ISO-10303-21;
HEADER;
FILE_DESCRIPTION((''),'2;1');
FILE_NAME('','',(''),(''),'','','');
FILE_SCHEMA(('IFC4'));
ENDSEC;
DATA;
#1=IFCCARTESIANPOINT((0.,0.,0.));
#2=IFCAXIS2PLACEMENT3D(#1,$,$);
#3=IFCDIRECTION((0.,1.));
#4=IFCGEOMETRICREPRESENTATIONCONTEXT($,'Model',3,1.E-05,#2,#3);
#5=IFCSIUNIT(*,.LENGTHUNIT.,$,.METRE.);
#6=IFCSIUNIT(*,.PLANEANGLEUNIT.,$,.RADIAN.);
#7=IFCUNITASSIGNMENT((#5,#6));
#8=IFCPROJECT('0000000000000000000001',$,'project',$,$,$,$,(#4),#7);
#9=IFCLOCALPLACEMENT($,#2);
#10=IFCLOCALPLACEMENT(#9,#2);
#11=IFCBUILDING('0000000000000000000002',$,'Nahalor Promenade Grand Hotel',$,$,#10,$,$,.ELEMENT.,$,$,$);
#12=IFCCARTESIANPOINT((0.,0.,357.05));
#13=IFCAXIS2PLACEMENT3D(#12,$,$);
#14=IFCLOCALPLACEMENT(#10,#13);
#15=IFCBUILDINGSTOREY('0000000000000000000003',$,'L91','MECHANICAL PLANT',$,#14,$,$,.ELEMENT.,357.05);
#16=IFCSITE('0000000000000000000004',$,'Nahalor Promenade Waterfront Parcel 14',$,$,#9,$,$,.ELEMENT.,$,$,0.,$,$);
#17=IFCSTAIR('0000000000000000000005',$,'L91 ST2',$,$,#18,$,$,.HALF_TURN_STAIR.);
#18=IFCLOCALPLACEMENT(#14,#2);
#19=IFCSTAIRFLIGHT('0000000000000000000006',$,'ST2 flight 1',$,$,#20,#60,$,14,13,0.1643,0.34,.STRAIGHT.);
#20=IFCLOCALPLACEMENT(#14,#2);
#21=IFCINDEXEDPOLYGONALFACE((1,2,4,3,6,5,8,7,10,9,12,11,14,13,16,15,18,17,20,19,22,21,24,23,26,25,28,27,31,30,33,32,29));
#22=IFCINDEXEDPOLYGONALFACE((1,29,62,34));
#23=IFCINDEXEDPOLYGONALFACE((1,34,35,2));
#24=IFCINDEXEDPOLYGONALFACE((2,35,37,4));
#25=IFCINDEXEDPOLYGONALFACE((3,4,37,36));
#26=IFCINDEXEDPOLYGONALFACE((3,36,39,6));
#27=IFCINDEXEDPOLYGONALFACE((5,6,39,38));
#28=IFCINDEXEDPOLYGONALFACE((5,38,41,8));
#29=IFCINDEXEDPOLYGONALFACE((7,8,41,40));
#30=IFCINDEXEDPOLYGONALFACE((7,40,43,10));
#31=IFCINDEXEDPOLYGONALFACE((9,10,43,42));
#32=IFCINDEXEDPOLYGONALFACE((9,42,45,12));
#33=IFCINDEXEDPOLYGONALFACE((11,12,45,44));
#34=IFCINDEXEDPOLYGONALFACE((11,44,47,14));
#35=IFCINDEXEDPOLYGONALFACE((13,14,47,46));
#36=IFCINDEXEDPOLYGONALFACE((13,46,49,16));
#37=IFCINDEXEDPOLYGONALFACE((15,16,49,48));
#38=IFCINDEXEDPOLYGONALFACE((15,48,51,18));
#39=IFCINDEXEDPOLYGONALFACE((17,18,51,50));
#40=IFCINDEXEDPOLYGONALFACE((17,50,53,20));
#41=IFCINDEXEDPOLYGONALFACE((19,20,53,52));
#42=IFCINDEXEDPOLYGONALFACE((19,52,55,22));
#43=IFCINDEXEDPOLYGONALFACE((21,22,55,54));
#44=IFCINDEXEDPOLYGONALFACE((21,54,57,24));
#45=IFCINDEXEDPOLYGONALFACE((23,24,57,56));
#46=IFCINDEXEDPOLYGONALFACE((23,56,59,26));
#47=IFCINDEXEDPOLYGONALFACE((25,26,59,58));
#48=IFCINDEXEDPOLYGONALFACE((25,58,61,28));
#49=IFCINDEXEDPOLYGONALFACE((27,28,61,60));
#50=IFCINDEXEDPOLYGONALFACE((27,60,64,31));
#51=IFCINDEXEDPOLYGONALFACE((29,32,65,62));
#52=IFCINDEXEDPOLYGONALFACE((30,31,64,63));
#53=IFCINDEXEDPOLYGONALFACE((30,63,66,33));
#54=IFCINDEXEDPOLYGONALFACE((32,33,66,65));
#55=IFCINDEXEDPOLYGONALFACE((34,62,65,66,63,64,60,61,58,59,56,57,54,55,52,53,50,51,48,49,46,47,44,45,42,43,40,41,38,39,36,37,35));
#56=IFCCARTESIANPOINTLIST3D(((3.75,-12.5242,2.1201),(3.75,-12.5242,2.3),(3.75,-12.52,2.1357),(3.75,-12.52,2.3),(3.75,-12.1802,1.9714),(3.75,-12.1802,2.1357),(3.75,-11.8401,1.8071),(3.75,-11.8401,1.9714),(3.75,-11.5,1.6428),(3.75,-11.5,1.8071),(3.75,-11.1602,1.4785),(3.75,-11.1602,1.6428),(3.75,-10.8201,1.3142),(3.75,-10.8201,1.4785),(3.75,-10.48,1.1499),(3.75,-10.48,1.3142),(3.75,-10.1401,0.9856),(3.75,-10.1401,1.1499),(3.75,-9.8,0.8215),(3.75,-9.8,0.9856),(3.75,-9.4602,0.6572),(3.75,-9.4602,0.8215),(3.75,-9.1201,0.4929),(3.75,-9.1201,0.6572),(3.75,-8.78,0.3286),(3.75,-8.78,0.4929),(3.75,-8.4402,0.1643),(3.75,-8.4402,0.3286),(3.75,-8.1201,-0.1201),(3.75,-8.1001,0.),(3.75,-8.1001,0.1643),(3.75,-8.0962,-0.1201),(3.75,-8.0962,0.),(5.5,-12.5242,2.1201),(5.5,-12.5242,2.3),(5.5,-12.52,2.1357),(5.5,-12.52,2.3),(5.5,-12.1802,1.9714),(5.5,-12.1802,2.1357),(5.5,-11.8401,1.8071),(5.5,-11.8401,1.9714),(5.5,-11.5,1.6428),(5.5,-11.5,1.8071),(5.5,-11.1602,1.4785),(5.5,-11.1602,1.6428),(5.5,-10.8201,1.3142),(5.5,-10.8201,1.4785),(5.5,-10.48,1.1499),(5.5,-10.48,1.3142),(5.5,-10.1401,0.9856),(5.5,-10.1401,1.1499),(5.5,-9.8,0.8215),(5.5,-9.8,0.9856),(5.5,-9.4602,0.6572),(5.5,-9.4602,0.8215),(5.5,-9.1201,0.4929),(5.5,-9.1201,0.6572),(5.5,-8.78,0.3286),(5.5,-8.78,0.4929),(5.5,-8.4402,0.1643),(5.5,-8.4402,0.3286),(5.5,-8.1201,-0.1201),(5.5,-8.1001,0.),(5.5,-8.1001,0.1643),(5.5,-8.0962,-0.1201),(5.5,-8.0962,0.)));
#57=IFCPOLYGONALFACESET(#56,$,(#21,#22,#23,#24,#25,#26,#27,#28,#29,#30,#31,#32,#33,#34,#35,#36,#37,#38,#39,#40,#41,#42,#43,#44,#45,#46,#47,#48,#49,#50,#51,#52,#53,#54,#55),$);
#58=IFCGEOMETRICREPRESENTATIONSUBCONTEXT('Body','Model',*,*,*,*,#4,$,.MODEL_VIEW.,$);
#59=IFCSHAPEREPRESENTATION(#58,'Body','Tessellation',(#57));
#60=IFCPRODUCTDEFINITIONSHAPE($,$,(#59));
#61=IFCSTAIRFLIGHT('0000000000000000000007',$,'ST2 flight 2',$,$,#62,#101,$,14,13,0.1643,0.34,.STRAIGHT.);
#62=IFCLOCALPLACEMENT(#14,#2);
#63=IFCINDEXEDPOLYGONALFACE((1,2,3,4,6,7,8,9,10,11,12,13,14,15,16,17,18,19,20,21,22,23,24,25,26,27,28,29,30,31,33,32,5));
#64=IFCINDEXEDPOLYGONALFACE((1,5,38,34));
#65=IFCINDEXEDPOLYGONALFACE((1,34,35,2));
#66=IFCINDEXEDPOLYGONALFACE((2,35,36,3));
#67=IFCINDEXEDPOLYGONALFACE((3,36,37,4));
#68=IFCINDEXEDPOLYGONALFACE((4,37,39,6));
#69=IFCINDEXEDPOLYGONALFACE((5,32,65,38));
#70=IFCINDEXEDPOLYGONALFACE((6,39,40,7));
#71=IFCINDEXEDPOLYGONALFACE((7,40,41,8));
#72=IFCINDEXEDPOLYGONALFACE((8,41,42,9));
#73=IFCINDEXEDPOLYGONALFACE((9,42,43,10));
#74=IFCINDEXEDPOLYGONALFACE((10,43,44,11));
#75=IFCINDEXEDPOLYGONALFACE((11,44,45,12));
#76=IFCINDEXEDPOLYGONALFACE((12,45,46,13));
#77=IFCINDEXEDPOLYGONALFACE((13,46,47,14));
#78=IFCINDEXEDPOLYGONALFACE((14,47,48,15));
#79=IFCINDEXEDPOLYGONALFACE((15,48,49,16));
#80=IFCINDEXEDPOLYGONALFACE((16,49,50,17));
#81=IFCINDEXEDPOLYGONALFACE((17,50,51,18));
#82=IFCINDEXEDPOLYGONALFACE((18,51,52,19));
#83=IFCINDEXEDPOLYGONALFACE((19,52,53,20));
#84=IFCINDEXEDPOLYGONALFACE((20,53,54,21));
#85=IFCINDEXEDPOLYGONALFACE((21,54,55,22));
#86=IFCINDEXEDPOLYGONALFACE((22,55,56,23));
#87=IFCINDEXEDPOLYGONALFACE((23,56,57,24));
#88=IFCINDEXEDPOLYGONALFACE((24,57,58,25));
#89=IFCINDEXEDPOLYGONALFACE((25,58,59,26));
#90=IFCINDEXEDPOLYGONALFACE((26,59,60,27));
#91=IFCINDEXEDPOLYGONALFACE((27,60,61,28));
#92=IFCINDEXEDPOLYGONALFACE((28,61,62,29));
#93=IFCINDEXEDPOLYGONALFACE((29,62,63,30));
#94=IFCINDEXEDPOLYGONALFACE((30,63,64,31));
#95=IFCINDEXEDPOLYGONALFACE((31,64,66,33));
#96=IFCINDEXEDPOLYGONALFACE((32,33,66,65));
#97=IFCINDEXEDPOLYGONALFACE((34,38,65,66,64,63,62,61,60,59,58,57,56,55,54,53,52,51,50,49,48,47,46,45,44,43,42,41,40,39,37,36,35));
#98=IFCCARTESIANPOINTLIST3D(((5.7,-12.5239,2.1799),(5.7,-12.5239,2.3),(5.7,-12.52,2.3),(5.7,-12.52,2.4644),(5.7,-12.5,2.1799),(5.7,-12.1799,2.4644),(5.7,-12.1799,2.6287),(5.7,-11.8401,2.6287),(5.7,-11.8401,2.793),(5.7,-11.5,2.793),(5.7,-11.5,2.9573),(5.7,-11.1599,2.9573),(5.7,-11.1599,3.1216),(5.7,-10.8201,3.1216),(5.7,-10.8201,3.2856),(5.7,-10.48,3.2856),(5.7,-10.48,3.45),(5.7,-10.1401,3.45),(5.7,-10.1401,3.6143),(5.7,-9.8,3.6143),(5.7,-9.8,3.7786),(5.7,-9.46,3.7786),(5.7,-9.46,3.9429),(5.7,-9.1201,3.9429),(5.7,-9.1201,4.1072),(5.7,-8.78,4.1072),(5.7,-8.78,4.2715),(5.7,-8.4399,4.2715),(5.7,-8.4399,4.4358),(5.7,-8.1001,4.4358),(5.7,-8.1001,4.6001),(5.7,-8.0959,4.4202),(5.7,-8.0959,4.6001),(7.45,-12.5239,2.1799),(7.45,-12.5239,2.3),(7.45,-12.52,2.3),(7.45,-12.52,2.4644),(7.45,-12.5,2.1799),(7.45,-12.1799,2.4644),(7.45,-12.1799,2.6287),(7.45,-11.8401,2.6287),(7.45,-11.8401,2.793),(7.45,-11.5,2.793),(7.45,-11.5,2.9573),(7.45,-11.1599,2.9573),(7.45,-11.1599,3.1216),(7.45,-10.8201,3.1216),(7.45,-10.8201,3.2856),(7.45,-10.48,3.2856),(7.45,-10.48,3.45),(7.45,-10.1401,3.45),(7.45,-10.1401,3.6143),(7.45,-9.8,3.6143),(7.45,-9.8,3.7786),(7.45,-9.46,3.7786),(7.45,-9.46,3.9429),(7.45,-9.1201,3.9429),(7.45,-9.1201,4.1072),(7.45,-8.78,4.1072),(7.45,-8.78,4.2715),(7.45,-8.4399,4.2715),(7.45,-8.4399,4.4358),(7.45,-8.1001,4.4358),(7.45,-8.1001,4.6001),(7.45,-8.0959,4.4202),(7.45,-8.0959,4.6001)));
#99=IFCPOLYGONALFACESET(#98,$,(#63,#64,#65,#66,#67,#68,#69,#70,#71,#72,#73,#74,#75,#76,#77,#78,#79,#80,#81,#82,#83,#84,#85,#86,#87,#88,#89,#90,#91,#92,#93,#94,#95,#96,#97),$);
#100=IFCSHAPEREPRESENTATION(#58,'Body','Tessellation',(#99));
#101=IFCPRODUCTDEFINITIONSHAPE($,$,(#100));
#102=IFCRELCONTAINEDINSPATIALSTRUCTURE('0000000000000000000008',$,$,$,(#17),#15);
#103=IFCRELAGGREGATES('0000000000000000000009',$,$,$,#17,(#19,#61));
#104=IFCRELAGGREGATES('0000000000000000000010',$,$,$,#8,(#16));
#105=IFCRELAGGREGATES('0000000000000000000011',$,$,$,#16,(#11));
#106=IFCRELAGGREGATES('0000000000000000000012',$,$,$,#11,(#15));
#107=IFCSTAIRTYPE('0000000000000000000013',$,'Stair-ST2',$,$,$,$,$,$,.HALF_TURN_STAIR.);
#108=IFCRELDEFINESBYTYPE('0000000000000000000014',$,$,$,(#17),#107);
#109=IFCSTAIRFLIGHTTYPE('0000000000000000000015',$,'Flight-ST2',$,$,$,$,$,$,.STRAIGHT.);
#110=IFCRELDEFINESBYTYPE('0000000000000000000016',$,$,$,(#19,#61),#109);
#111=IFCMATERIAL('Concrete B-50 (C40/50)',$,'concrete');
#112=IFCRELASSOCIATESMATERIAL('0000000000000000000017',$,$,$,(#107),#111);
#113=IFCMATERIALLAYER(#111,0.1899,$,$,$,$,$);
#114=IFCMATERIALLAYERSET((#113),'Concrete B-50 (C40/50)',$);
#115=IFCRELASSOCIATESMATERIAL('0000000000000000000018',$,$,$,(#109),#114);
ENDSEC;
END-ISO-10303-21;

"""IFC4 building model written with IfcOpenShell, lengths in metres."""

from ifc_helpers import new_model, si_unit, direction, frame, origin, place, context, subcontext, project, spatial, polyline, outline, extrude, source, transform, mapped, material, layer, layer_set, type_object, element, aggregate, save


model = new_model("IFC4")

# Units and contexts
model_context = context("Model", 3, precision=1e-05, world=origin(), true_north=direction((0.0, 1.0)))
body_context = subcontext(model_context, "Body", "Model", "MODEL_VIEW")
ifc_project = project(units=[si_unit("LENGTHUNIT", "METRE"), si_unit("PLANEANGLEUNIT", "RADIAN")], contexts=[model_context])

# Site, building, storey
site_placement = place(None, origin())
site = spatial("IfcSite", under=ifc_project, at=site_placement, Name="Nahalor Promenade Waterfront Parcel 14", CompositionType="ELEMENT", RefElevation=0.0)
building_placement = place(site_placement, origin())
building = spatial("IfcBuilding", under=site, at=building_placement, Name="Nahalor Promenade Grand Hotel", CompositionType="ELEMENT")
storey_placement = place(building_placement, frame((0.0, 0.0, 357.05)))
storey = spatial("IfcBuildingStorey", under=building, at=storey_placement, Name="L91", Description="MECHANICAL PLANT", CompositionType="ELEMENT", Elevation=357.05)

# Shared definitions
ifc_material_1 = material(Name="Concrete B-50 (C40/50)", Category="concrete")

# Stair, stair flights
stair_type = type_object("IfcStairType", Name="Stair-ST2", PredefinedType="HALF_TURN_STAIR", material=ifc_material_1)
stair_placement = place(storey_placement, origin())
stair = element("IfcStair", 1, at=stair_placement, inside=storey, type_object=stair_type, Name="L91 ST2", PredefinedType="HALF_TURN_STAIR")
ifc_layer_1 = layer(ifc_material_1, 0.1899)
ifc_layer_set_1 = layer_set([ifc_layer_1], Name="Concrete B-50 (C40/50)")
stair_flight_type = type_object("IfcStairFlightType", Name="Flight-ST2", PredefinedType="STRAIGHT", material=ifc_layer_set_1)
shared_shape_1 = source(origin(), body_context, "Body", "SweptSolid", [
    extrude(outline(polyline([(-0.0039, -0.1201), (-0.0039, 0.0), (0.0, 0.0), (0.0, 0.1643), (0.3401, 0.1643), (0.3401, 0.3286), (0.6799, 0.3286), (0.6799, 0.4929), (1.02, 0.4929), (1.02, 0.6572), (1.3601, 0.6572), (1.3601, 0.8215), (1.7, 0.8215), (1.7, 0.9856), (2.04, 0.9856), (2.04, 1.1499), (2.3799, 1.1499), (2.3799, 1.3142), (2.72, 1.3142), (2.72, 1.4785), (3.0601, 1.4785), (3.0601, 1.6428), (3.3999, 1.6428), (3.3999, 1.8071), (3.74, 1.8071), (3.74, 1.9714), (4.0801, 1.9714), (4.0801, 2.1357), (4.4199, 2.1357), (4.4199, 2.3), (4.4241, 2.3), (4.4241, 2.1201), (0.02, -0.1201), (-0.0039, -0.1201)])), frame((0.0, 0.875, 0.0), z_axis=(0.0, -1.0, 0.0), x_axis=(1.0, 0.0, 0.0)), (0.0, 0.0, 1.0), 1.75),
])
stair_flight_1_placement = place(storey_placement, frame((4.625, -8.1001, 0.0), z_axis=(0.0, 0.0, 1.0), x_axis=(0.0, -1.0, 0.0)))
stair_flight_1 = element("IfcStairFlight", 2, at=stair_flight_1_placement, type_object=stair_flight_type, Name="ST2 flight 1", NumberOfRisers=14, NumberOfTreads=13, PredefinedType="STRAIGHT", RiserHeight=0.1643, TreadLength=0.34, context=body_context, shape_type="MappedRepresentation", body=[
    mapped(shared_shape_1, transform((0.0, 0.0, 0.0), scale=1.0)),
])
stair_flight_2_placement = place(storey_placement, frame((6.575, -12.52, 2.3), z_axis=(0.0, 0.0, 1.0), x_axis=(0.0, 1.0, 0.0)))
stair_flight_2 = element("IfcStairFlight", 3, at=stair_flight_2_placement, type_object=stair_flight_type, Name="ST2 flight 2", NumberOfRisers=14, NumberOfTreads=13, PredefinedType="STRAIGHT", RiserHeight=0.1643, TreadLength=0.34, context=body_context, shape_type="MappedRepresentation", body=[
    mapped(shared_shape_1, transform((0.0, 0.0, 0.0), scale=1.0)),
])
aggregate(stair, [stair_flight_1, stair_flight_2])

save(model, "model.ifc")
